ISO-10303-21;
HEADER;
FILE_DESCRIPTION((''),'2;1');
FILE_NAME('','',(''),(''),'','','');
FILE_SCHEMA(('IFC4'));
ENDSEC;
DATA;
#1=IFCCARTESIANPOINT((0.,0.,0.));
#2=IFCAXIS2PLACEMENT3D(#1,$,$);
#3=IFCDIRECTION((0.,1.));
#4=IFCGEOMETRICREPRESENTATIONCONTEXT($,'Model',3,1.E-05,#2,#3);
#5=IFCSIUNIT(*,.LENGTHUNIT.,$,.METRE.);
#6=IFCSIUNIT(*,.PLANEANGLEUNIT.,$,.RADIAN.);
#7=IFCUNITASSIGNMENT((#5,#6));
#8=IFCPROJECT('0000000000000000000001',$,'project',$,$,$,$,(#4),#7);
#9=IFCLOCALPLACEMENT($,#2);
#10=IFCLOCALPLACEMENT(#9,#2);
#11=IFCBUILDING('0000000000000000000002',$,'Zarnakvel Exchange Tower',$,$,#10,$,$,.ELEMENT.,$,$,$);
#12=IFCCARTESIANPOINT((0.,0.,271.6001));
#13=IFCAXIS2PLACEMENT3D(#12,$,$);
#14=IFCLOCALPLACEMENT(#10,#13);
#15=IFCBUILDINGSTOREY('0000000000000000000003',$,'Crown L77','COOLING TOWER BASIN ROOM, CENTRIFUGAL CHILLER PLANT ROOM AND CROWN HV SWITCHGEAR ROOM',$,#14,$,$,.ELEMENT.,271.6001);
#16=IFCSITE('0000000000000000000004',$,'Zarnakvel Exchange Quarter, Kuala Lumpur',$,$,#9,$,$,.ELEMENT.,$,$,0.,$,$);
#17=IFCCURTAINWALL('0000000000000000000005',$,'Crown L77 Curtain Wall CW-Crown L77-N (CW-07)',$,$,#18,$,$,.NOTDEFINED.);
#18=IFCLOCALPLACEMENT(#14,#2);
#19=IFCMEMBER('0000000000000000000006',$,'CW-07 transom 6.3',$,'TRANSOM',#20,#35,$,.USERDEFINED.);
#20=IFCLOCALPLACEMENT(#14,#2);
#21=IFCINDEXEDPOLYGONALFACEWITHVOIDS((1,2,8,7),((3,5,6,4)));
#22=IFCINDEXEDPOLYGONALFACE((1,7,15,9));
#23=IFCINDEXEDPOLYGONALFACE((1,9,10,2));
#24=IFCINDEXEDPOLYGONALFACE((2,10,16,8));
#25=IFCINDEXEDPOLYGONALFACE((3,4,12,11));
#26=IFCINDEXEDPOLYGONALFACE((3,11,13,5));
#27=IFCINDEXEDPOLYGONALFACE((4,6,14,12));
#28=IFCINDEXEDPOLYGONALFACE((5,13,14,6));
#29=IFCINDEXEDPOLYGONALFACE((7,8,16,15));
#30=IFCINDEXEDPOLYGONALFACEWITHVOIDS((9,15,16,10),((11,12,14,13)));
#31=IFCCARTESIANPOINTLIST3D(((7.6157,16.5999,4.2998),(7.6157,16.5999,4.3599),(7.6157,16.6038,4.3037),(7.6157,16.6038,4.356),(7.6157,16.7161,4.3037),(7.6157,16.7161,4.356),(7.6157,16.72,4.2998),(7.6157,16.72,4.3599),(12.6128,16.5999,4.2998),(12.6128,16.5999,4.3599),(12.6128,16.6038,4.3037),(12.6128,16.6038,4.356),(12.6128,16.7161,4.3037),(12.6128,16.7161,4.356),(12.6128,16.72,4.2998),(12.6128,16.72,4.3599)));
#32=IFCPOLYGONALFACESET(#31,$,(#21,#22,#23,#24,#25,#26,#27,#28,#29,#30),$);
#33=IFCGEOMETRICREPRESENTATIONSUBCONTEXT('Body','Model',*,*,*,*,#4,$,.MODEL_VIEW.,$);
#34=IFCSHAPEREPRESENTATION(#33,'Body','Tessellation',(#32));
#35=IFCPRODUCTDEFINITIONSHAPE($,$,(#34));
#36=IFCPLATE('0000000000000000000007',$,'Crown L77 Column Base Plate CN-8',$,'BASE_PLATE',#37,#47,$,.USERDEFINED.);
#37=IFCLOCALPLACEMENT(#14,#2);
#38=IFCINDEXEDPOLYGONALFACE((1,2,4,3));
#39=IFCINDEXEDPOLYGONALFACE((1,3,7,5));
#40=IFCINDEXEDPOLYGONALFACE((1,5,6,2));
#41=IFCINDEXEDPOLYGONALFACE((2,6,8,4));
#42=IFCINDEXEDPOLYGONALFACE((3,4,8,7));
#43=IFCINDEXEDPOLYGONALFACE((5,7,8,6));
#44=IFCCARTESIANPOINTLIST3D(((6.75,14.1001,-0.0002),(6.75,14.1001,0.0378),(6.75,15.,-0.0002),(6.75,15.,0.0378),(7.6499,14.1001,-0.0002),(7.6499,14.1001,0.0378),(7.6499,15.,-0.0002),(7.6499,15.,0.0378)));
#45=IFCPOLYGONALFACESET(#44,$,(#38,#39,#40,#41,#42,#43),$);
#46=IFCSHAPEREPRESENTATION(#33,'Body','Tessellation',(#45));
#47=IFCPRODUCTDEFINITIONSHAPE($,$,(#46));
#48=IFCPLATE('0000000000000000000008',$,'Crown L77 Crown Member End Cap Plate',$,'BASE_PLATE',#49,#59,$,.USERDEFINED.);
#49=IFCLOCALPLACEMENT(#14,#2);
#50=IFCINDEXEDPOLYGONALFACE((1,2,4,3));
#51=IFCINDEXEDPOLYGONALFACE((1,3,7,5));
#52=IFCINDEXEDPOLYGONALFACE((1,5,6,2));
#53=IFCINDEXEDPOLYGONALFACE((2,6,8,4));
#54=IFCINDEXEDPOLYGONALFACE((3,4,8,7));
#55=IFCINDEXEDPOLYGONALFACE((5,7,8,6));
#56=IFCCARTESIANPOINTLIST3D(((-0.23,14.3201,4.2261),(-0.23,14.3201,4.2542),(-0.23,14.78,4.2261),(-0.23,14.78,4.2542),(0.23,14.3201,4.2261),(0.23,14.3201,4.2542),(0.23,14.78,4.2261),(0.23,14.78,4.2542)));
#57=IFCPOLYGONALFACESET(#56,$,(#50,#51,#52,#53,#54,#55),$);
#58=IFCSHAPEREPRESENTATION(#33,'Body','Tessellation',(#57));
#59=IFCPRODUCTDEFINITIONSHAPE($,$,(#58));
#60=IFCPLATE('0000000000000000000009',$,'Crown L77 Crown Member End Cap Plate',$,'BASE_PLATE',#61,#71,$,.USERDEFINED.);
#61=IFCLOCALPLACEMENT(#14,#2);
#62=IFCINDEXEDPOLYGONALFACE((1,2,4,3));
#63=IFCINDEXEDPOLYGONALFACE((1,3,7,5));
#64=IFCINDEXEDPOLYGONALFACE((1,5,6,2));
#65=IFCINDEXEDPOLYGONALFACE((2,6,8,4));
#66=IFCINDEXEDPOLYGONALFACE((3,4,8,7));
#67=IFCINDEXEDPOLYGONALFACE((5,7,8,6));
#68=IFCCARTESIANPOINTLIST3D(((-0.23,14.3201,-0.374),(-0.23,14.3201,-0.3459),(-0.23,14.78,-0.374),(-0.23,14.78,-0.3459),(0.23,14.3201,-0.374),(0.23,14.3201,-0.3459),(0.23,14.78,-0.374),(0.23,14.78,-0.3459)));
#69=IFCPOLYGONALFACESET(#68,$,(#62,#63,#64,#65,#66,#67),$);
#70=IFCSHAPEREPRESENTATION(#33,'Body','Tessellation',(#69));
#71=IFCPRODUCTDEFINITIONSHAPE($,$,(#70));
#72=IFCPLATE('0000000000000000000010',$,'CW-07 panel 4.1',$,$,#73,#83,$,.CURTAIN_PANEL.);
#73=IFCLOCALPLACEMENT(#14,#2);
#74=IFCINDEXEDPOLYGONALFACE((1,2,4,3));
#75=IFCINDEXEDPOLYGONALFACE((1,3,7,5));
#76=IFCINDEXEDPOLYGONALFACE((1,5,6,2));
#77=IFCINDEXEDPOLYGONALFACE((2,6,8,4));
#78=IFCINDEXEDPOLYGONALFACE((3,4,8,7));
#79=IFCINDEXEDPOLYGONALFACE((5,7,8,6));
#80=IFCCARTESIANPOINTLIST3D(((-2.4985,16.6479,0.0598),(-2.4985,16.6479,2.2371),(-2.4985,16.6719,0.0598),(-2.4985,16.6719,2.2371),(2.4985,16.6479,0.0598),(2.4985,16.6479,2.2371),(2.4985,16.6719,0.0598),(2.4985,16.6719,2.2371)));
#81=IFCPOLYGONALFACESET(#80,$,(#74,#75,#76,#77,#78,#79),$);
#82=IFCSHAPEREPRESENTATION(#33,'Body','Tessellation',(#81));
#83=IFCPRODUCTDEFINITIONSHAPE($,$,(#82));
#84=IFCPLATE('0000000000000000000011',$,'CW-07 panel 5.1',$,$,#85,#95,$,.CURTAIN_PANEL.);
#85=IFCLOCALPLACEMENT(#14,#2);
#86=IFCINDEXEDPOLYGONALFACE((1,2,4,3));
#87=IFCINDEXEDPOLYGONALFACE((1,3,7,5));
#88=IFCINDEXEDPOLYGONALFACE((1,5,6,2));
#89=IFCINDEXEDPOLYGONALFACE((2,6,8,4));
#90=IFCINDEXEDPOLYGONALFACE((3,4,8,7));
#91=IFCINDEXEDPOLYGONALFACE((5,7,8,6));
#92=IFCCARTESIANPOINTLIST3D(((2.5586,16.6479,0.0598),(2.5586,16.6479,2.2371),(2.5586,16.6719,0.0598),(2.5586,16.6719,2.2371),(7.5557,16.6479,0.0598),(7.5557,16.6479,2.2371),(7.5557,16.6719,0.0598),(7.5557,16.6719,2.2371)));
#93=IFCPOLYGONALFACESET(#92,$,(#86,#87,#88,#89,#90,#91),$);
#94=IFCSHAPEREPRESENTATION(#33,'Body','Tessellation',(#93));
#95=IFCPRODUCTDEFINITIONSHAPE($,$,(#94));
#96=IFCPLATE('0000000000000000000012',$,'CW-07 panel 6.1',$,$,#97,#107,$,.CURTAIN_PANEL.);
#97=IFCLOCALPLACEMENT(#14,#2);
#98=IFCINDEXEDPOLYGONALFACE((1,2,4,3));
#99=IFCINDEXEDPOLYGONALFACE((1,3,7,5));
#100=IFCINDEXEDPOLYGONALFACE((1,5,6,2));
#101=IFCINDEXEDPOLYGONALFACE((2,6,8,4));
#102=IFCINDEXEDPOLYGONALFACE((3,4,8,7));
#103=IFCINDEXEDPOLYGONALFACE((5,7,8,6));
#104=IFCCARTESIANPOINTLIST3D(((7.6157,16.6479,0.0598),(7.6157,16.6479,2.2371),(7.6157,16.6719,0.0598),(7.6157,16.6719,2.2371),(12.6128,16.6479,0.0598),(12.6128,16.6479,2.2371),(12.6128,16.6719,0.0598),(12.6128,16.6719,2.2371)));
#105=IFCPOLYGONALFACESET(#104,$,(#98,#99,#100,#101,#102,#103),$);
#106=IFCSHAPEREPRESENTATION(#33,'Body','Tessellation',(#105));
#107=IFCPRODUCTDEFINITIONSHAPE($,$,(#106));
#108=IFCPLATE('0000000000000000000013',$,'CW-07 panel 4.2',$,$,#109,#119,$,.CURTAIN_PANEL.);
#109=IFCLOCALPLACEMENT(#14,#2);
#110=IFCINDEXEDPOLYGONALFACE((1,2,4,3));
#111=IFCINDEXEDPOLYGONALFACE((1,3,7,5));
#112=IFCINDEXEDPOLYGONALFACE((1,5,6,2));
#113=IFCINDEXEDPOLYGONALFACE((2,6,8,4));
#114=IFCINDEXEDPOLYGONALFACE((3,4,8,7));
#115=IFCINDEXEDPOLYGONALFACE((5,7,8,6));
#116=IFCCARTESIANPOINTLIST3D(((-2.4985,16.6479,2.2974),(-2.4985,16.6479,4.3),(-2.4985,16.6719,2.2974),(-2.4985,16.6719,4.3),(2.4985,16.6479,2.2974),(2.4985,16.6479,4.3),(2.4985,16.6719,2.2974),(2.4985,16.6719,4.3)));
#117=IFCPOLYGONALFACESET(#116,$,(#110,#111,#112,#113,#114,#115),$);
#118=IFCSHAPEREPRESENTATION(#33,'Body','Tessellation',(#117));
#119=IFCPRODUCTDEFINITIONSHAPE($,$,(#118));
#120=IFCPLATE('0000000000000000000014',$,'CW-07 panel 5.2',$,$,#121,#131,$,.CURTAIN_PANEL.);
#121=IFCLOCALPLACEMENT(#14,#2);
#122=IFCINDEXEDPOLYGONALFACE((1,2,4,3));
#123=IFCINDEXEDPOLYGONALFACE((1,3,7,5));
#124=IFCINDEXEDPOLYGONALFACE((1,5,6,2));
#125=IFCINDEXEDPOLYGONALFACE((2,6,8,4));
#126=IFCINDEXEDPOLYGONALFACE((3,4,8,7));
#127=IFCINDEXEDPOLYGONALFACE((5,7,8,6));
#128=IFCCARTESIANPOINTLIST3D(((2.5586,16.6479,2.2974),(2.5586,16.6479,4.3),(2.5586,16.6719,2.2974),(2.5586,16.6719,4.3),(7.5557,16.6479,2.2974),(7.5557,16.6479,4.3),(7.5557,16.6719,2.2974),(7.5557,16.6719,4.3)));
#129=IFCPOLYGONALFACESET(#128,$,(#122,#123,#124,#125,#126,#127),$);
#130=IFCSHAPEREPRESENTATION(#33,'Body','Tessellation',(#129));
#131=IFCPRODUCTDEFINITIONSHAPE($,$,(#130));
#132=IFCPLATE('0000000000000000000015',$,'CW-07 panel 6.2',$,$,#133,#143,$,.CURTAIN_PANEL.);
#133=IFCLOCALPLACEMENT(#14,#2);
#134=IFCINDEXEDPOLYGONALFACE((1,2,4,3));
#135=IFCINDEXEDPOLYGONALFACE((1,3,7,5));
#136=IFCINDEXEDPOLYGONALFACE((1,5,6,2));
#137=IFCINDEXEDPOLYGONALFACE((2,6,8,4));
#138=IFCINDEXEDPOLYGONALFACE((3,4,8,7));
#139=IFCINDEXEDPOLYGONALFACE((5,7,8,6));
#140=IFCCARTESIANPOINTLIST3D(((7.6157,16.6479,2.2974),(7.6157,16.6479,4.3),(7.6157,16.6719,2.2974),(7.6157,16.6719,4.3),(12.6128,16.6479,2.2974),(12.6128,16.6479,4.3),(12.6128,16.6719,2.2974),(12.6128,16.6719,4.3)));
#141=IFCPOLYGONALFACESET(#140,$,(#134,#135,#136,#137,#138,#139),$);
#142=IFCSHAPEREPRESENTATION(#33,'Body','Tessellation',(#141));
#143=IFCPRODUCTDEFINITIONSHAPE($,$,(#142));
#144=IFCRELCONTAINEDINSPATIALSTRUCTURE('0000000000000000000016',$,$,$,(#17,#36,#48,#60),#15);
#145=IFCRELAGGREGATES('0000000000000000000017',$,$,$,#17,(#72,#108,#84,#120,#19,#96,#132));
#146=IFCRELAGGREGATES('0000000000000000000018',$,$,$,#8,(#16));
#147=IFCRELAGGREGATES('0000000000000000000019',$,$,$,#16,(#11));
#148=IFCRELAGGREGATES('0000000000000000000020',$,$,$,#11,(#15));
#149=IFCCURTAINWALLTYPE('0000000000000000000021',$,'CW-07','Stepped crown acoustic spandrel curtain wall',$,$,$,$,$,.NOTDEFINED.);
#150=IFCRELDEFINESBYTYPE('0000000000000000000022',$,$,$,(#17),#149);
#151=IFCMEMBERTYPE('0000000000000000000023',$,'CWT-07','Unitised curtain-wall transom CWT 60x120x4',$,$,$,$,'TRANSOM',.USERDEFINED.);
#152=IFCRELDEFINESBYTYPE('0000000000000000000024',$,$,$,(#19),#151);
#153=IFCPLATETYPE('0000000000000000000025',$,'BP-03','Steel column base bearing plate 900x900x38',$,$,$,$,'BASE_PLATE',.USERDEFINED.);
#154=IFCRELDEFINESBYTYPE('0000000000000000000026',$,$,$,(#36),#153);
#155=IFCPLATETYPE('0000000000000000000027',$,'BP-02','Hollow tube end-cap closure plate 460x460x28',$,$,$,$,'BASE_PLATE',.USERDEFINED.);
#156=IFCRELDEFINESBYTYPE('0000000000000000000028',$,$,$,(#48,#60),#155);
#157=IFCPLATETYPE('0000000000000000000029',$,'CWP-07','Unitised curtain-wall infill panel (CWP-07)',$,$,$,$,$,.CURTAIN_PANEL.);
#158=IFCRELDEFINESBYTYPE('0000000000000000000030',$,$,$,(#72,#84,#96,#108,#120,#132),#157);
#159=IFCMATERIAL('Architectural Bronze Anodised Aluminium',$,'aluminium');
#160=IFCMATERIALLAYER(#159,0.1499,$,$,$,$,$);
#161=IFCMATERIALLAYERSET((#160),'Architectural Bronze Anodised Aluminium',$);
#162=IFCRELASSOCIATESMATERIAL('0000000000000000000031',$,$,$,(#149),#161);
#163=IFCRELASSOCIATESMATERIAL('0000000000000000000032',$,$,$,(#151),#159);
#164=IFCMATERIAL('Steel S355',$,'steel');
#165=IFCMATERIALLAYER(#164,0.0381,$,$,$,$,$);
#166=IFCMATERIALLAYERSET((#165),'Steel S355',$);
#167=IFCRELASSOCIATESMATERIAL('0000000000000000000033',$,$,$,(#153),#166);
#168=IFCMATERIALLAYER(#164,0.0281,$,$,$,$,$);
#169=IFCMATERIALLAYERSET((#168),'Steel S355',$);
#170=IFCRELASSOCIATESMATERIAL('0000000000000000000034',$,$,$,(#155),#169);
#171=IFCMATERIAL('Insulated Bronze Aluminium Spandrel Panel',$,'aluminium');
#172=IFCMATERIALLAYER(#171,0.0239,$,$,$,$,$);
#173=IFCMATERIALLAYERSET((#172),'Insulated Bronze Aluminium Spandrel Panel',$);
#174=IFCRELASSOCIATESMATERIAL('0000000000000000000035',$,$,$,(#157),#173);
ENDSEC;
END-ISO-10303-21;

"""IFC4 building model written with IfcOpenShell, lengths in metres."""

from ifc_helpers import new_model, si_unit, direction, frame, origin, origin_2d, place, context, subcontext, project, spatial, rectangle, hollow_rectangle, extrude, source, transform, mapped, material, layer, layer_set, material_profile, profile_set, type_object, element, aggregate, save


model = new_model("IFC4")

# Units and contexts
model_context = context("Model", 3, precision=1e-05, world=origin(), true_north=direction((0.0, 1.0)))
body_context = subcontext(model_context, "Body", "Model", "MODEL_VIEW")
ifc_project = project(units=[si_unit("LENGTHUNIT", "METRE"), si_unit("PLANEANGLEUNIT", "RADIAN")], contexts=[model_context])

# Site, building, storey
site_placement = place(None, origin())
site = spatial("IfcSite", under=ifc_project, at=site_placement, Name="Zarnakvel Exchange Quarter, Kuala Lumpur", CompositionType="ELEMENT", RefElevation=0.0)
building_placement = place(site_placement, origin())
building = spatial("IfcBuilding", under=site, at=building_placement, Name="Zarnakvel Exchange Tower", CompositionType="ELEMENT")
storey_placement = place(building_placement, frame((0.0, 0.0, 271.6001)))
storey = spatial("IfcBuildingStorey", under=building, at=storey_placement, Name="Crown L77", Description="COOLING TOWER BASIN ROOM, CENTRIFUGAL CHILLER PLANT ROOM AND CROWN HV SWITCHGEAR ROOM", CompositionType="ELEMENT", Elevation=271.6001)

# Shared definitions
ifc_material_1 = material(Name="Steel S355", Category="steel")

# Curtain wall, member
ifc_material_2 = material(Name="Architectural Bronze Anodised Aluminium", Category="aluminium")
ifc_layer_1 = layer(ifc_material_2, 0.1499)
ifc_layer_set_1 = layer_set([ifc_layer_1], Name="Architectural Bronze Anodised Aluminium")
curtain_wall_type = type_object("IfcCurtainWallType", Name="CW-07", Description="Stepped crown acoustic spandrel curtain wall", PredefinedType="NOTDEFINED", material=ifc_layer_set_1)
curtain_wall_placement = place(storey_placement, origin())
curtain_wall = element("IfcCurtainWall", 1, at=curtain_wall_placement, inside=storey, type_object=curtain_wall_type, Name="Crown L77 Curtain Wall CW-Crown L77-N (CW-07)", PredefinedType="NOTDEFINED")
ifc_material_profile_1 = material_profile(ifc_material_2, hollow_rectangle(XDim=0.1201, YDim=0.0601, WallThickness=0.0039, at=origin_2d()))
ifc_profile_set_1 = profile_set([ifc_material_profile_1], Name="Architectural Bronze Anodised Aluminium")
member_type_1 = type_object("IfcMemberType", Name="CWT-07", Description="Unitised curtain-wall transom CWT 60x120x4", ElementType="TRANSOM", PredefinedType="USERDEFINED", material=ifc_profile_set_1)
shared_shape_1 = source(origin(), body_context, "Body", "SweptSolid", [
    extrude(hollow_rectangle(XDim=0.1201, YDim=0.0601, WallThickness=0.0039, at=origin_2d()), origin(), (0.0, 0.0, 1.0), 4.9971),
])
member_1_placement = place(storey_placement, frame((7.6157, 16.6599, 4.3298), z_axis=(1.0, 0.0, 0.0), x_axis=(0.0, 1.0, 0.0)))
member_1 = element("IfcMember", 2, at=member_1_placement, type_object=member_type_1, Name="CW-07 transom 6.3", ObjectType="TRANSOM", PredefinedType="USERDEFINED", context=body_context, shape_type="MappedRepresentation", body=[
    mapped(shared_shape_1, transform((0.0, 0.0, 0.0), x_axis=(1.0, 0.0, 0.0), y_axis=(0.0, 1.0, 0.0), z_axis=(0.0, 0.0, 1.0), scale=1.0)),
])

# Plates
ifc_layer_2 = layer(ifc_material_1, 0.0381)
ifc_layer_set_2 = layer_set([ifc_layer_2], Name="Steel S355")
plate_type_1 = type_object("IfcPlateType", Name="BP-03", Description="Steel column base bearing plate 900x900x38", ElementType="BASE_PLATE", PredefinedType="USERDEFINED", material=ifc_layer_set_2)
shared_shape_2 = source(origin(), body_context, "Body", "SweptSolid", [
    extrude(rectangle(XDim=0.8999, YDim=0.8999, at=origin_2d()), origin(), (0.0, 0.0, 1.0), 0.0381),
])
plate_1_placement = place(storey_placement, frame((7.2, 14.55, -0.0002), z_axis=(0.0, 0.0, 1.0), x_axis=(1.0, 0.0, 0.0)))
element("IfcPlate", 3, at=plate_1_placement, inside=storey, type_object=plate_type_1, Name="Crown L77 Column Base Plate CN-8", ObjectType="BASE_PLATE", PredefinedType="USERDEFINED", context=body_context, shape_type="MappedRepresentation", body=[
    mapped(shared_shape_2, transform((0.0, 0.0, 0.0), x_axis=(1.0, 0.0, 0.0), y_axis=(0.0, 1.0, 0.0), z_axis=(0.0, 0.0, 1.0), scale=1.0)),
])
ifc_layer_3 = layer(ifc_material_1, 0.0281)
ifc_layer_set_3 = layer_set([ifc_layer_3], Name="Steel S355")
plate_type_2 = type_object("IfcPlateType", Name="BP-02", Description="Hollow tube end-cap closure plate 460x460x28", ElementType="BASE_PLATE", PredefinedType="USERDEFINED", material=ifc_layer_set_3)
shared_shape_3 = source(origin(), body_context, "Body", "SweptSolid", [
    extrude(rectangle(XDim=0.46, YDim=0.46, at=origin_2d()), origin(), (0.0, 0.0, 1.0), 0.0281),
])
for number, where, z_axis, x_axis, name in (
    (4, (0.0, 14.55, 4.2261), (0.0, 0.0, 1.0), (1.0, 0.0, 0.0), "Crown L77 Crown Member End Cap Plate"),
    (5, (0.0, 14.55, -0.374), (0.0, 0.0, 1.0), (1.0, 0.0, 0.0), "Crown L77 Crown Member End Cap Plate"),
):
    element("IfcPlate", number, at=place(storey_placement, frame(where, z_axis=z_axis, x_axis=x_axis)), inside=storey, type_object=plate_type_2, Name=name, ObjectType="BASE_PLATE", PredefinedType="USERDEFINED", context=body_context, shape_type="MappedRepresentation", body=[
        mapped(shared_shape_3, transform((0.0, 0.0, 0.0), x_axis=(1.0, 0.0, 0.0), y_axis=(0.0, 1.0, 0.0), z_axis=(0.0, 0.0, 1.0), scale=1.0)),
    ])

# Plates
ifc_material_3 = material(Name="Insulated Bronze Aluminium Spandrel Panel", Category="aluminium")
ifc_layer_4 = layer(ifc_material_3, 0.0239)
ifc_layer_set_4 = layer_set([ifc_layer_4], Name="Insulated Bronze Aluminium Spandrel Panel")
plate_type_3 = type_object("IfcPlateType", Name="CWP-07", Description="Unitised curtain-wall infill panel (CWP-07)", PredefinedType="CURTAIN_PANEL", material=ifc_layer_set_4)
shared_shape_4 = source(origin(), body_context, "Body", "SweptSolid", [
    extrude(rectangle(XDim=4.9971, YDim=0.0239, at=origin_2d()), origin(), (0.0, 0.0, 1.0), 2.1772),
])
plate_2_placement = place(storey_placement, frame((0.0, 16.6599, 0.0598), z_axis=(0.0, 0.0, 1.0), x_axis=(1.0, 0.0, 0.0)))
plate_2 = element("IfcPlate", 6, at=plate_2_placement, type_object=plate_type_3, Name="CW-07 panel 4.1", PredefinedType="CURTAIN_PANEL", context=body_context, shape_type="MappedRepresentation", body=[
    mapped(shared_shape_4, transform((0.0, 0.0, 0.0), x_axis=(1.0, 0.0, 0.0), y_axis=(0.0, 1.0, 0.0), z_axis=(0.0, 0.0, 1.0), scale=1.0)),
])
plate_3_placement = place(storey_placement, frame((5.0571, 16.6599, 0.0598), z_axis=(0.0, 0.0, 1.0), x_axis=(1.0, 0.0, 0.0)))
plate_3 = element("IfcPlate", 7, at=plate_3_placement, type_object=plate_type_3, Name="CW-07 panel 5.1", PredefinedType="CURTAIN_PANEL", context=body_context, shape_type="MappedRepresentation", body=[
    mapped(shared_shape_4, transform((0.0, 0.0, 0.0), x_axis=(1.0, 0.0, 0.0), y_axis=(0.0, 1.0, 0.0), z_axis=(0.0, 0.0, 1.0), scale=1.0)),
])
plate_4_placement = place(storey_placement, frame((10.1143, 16.6599, 0.0598), z_axis=(0.0, 0.0, 1.0), x_axis=(1.0, 0.0, 0.0)))
plate_4 = element("IfcPlate", 8, at=plate_4_placement, type_object=plate_type_3, Name="CW-07 panel 6.1", PredefinedType="CURTAIN_PANEL", context=body_context, shape_type="MappedRepresentation", body=[
    mapped(shared_shape_4, transform((0.0, 0.0, 0.0), x_axis=(1.0, 0.0, 0.0), y_axis=(0.0, 1.0, 0.0), z_axis=(0.0, 0.0, 1.0), scale=1.0)),
])
shared_shape_5 = source(origin(), body_context, "Body", "SweptSolid", [
    extrude(rectangle(XDim=4.9971, YDim=0.0239, at=origin_2d()), origin(), (0.0, 0.0, 1.0), 2.0027),
])
plate_5_placement = place(storey_placement, frame((0.0, 16.6599, 2.2974), z_axis=(0.0, 0.0, 1.0), x_axis=(1.0, 0.0, 0.0)))
plate_5 = element("IfcPlate", 9, at=plate_5_placement, type_object=plate_type_3, Name="CW-07 panel 4.2", PredefinedType="CURTAIN_PANEL", context=body_context, shape_type="MappedRepresentation", body=[
    mapped(shared_shape_5, transform((0.0, 0.0, 0.0), x_axis=(1.0, 0.0, 0.0), y_axis=(0.0, 1.0, 0.0), z_axis=(0.0, 0.0, 1.0), scale=1.0)),
])
plate_6_placement = place(storey_placement, frame((5.0571, 16.6599, 2.2974), z_axis=(0.0, 0.0, 1.0), x_axis=(1.0, 0.0, 0.0)))
plate_6 = element("IfcPlate", 10, at=plate_6_placement, type_object=plate_type_3, Name="CW-07 panel 5.2", PredefinedType="CURTAIN_PANEL", context=body_context, shape_type="MappedRepresentation", body=[
    mapped(shared_shape_5, transform((0.0, 0.0, 0.0), x_axis=(1.0, 0.0, 0.0), y_axis=(0.0, 1.0, 0.0), z_axis=(0.0, 0.0, 1.0), scale=1.0)),
])
plate_7_placement = place(storey_placement, frame((10.1143, 16.6599, 2.2974), z_axis=(0.0, 0.0, 1.0), x_axis=(1.0, 0.0, 0.0)))
plate_7 = element("IfcPlate", 11, at=plate_7_placement, type_object=plate_type_3, Name="CW-07 panel 6.2", PredefinedType="CURTAIN_PANEL", context=body_context, shape_type="MappedRepresentation", body=[
    mapped(shared_shape_5, transform((0.0, 0.0, 0.0), x_axis=(1.0, 0.0, 0.0), y_axis=(0.0, 1.0, 0.0), z_axis=(0.0, 0.0, 1.0), scale=1.0)),
])
aggregate(curtain_wall, [plate_2, plate_5, plate_3, plate_6, member_1, plate_4, plate_7])

save(model, "model.ifc")
